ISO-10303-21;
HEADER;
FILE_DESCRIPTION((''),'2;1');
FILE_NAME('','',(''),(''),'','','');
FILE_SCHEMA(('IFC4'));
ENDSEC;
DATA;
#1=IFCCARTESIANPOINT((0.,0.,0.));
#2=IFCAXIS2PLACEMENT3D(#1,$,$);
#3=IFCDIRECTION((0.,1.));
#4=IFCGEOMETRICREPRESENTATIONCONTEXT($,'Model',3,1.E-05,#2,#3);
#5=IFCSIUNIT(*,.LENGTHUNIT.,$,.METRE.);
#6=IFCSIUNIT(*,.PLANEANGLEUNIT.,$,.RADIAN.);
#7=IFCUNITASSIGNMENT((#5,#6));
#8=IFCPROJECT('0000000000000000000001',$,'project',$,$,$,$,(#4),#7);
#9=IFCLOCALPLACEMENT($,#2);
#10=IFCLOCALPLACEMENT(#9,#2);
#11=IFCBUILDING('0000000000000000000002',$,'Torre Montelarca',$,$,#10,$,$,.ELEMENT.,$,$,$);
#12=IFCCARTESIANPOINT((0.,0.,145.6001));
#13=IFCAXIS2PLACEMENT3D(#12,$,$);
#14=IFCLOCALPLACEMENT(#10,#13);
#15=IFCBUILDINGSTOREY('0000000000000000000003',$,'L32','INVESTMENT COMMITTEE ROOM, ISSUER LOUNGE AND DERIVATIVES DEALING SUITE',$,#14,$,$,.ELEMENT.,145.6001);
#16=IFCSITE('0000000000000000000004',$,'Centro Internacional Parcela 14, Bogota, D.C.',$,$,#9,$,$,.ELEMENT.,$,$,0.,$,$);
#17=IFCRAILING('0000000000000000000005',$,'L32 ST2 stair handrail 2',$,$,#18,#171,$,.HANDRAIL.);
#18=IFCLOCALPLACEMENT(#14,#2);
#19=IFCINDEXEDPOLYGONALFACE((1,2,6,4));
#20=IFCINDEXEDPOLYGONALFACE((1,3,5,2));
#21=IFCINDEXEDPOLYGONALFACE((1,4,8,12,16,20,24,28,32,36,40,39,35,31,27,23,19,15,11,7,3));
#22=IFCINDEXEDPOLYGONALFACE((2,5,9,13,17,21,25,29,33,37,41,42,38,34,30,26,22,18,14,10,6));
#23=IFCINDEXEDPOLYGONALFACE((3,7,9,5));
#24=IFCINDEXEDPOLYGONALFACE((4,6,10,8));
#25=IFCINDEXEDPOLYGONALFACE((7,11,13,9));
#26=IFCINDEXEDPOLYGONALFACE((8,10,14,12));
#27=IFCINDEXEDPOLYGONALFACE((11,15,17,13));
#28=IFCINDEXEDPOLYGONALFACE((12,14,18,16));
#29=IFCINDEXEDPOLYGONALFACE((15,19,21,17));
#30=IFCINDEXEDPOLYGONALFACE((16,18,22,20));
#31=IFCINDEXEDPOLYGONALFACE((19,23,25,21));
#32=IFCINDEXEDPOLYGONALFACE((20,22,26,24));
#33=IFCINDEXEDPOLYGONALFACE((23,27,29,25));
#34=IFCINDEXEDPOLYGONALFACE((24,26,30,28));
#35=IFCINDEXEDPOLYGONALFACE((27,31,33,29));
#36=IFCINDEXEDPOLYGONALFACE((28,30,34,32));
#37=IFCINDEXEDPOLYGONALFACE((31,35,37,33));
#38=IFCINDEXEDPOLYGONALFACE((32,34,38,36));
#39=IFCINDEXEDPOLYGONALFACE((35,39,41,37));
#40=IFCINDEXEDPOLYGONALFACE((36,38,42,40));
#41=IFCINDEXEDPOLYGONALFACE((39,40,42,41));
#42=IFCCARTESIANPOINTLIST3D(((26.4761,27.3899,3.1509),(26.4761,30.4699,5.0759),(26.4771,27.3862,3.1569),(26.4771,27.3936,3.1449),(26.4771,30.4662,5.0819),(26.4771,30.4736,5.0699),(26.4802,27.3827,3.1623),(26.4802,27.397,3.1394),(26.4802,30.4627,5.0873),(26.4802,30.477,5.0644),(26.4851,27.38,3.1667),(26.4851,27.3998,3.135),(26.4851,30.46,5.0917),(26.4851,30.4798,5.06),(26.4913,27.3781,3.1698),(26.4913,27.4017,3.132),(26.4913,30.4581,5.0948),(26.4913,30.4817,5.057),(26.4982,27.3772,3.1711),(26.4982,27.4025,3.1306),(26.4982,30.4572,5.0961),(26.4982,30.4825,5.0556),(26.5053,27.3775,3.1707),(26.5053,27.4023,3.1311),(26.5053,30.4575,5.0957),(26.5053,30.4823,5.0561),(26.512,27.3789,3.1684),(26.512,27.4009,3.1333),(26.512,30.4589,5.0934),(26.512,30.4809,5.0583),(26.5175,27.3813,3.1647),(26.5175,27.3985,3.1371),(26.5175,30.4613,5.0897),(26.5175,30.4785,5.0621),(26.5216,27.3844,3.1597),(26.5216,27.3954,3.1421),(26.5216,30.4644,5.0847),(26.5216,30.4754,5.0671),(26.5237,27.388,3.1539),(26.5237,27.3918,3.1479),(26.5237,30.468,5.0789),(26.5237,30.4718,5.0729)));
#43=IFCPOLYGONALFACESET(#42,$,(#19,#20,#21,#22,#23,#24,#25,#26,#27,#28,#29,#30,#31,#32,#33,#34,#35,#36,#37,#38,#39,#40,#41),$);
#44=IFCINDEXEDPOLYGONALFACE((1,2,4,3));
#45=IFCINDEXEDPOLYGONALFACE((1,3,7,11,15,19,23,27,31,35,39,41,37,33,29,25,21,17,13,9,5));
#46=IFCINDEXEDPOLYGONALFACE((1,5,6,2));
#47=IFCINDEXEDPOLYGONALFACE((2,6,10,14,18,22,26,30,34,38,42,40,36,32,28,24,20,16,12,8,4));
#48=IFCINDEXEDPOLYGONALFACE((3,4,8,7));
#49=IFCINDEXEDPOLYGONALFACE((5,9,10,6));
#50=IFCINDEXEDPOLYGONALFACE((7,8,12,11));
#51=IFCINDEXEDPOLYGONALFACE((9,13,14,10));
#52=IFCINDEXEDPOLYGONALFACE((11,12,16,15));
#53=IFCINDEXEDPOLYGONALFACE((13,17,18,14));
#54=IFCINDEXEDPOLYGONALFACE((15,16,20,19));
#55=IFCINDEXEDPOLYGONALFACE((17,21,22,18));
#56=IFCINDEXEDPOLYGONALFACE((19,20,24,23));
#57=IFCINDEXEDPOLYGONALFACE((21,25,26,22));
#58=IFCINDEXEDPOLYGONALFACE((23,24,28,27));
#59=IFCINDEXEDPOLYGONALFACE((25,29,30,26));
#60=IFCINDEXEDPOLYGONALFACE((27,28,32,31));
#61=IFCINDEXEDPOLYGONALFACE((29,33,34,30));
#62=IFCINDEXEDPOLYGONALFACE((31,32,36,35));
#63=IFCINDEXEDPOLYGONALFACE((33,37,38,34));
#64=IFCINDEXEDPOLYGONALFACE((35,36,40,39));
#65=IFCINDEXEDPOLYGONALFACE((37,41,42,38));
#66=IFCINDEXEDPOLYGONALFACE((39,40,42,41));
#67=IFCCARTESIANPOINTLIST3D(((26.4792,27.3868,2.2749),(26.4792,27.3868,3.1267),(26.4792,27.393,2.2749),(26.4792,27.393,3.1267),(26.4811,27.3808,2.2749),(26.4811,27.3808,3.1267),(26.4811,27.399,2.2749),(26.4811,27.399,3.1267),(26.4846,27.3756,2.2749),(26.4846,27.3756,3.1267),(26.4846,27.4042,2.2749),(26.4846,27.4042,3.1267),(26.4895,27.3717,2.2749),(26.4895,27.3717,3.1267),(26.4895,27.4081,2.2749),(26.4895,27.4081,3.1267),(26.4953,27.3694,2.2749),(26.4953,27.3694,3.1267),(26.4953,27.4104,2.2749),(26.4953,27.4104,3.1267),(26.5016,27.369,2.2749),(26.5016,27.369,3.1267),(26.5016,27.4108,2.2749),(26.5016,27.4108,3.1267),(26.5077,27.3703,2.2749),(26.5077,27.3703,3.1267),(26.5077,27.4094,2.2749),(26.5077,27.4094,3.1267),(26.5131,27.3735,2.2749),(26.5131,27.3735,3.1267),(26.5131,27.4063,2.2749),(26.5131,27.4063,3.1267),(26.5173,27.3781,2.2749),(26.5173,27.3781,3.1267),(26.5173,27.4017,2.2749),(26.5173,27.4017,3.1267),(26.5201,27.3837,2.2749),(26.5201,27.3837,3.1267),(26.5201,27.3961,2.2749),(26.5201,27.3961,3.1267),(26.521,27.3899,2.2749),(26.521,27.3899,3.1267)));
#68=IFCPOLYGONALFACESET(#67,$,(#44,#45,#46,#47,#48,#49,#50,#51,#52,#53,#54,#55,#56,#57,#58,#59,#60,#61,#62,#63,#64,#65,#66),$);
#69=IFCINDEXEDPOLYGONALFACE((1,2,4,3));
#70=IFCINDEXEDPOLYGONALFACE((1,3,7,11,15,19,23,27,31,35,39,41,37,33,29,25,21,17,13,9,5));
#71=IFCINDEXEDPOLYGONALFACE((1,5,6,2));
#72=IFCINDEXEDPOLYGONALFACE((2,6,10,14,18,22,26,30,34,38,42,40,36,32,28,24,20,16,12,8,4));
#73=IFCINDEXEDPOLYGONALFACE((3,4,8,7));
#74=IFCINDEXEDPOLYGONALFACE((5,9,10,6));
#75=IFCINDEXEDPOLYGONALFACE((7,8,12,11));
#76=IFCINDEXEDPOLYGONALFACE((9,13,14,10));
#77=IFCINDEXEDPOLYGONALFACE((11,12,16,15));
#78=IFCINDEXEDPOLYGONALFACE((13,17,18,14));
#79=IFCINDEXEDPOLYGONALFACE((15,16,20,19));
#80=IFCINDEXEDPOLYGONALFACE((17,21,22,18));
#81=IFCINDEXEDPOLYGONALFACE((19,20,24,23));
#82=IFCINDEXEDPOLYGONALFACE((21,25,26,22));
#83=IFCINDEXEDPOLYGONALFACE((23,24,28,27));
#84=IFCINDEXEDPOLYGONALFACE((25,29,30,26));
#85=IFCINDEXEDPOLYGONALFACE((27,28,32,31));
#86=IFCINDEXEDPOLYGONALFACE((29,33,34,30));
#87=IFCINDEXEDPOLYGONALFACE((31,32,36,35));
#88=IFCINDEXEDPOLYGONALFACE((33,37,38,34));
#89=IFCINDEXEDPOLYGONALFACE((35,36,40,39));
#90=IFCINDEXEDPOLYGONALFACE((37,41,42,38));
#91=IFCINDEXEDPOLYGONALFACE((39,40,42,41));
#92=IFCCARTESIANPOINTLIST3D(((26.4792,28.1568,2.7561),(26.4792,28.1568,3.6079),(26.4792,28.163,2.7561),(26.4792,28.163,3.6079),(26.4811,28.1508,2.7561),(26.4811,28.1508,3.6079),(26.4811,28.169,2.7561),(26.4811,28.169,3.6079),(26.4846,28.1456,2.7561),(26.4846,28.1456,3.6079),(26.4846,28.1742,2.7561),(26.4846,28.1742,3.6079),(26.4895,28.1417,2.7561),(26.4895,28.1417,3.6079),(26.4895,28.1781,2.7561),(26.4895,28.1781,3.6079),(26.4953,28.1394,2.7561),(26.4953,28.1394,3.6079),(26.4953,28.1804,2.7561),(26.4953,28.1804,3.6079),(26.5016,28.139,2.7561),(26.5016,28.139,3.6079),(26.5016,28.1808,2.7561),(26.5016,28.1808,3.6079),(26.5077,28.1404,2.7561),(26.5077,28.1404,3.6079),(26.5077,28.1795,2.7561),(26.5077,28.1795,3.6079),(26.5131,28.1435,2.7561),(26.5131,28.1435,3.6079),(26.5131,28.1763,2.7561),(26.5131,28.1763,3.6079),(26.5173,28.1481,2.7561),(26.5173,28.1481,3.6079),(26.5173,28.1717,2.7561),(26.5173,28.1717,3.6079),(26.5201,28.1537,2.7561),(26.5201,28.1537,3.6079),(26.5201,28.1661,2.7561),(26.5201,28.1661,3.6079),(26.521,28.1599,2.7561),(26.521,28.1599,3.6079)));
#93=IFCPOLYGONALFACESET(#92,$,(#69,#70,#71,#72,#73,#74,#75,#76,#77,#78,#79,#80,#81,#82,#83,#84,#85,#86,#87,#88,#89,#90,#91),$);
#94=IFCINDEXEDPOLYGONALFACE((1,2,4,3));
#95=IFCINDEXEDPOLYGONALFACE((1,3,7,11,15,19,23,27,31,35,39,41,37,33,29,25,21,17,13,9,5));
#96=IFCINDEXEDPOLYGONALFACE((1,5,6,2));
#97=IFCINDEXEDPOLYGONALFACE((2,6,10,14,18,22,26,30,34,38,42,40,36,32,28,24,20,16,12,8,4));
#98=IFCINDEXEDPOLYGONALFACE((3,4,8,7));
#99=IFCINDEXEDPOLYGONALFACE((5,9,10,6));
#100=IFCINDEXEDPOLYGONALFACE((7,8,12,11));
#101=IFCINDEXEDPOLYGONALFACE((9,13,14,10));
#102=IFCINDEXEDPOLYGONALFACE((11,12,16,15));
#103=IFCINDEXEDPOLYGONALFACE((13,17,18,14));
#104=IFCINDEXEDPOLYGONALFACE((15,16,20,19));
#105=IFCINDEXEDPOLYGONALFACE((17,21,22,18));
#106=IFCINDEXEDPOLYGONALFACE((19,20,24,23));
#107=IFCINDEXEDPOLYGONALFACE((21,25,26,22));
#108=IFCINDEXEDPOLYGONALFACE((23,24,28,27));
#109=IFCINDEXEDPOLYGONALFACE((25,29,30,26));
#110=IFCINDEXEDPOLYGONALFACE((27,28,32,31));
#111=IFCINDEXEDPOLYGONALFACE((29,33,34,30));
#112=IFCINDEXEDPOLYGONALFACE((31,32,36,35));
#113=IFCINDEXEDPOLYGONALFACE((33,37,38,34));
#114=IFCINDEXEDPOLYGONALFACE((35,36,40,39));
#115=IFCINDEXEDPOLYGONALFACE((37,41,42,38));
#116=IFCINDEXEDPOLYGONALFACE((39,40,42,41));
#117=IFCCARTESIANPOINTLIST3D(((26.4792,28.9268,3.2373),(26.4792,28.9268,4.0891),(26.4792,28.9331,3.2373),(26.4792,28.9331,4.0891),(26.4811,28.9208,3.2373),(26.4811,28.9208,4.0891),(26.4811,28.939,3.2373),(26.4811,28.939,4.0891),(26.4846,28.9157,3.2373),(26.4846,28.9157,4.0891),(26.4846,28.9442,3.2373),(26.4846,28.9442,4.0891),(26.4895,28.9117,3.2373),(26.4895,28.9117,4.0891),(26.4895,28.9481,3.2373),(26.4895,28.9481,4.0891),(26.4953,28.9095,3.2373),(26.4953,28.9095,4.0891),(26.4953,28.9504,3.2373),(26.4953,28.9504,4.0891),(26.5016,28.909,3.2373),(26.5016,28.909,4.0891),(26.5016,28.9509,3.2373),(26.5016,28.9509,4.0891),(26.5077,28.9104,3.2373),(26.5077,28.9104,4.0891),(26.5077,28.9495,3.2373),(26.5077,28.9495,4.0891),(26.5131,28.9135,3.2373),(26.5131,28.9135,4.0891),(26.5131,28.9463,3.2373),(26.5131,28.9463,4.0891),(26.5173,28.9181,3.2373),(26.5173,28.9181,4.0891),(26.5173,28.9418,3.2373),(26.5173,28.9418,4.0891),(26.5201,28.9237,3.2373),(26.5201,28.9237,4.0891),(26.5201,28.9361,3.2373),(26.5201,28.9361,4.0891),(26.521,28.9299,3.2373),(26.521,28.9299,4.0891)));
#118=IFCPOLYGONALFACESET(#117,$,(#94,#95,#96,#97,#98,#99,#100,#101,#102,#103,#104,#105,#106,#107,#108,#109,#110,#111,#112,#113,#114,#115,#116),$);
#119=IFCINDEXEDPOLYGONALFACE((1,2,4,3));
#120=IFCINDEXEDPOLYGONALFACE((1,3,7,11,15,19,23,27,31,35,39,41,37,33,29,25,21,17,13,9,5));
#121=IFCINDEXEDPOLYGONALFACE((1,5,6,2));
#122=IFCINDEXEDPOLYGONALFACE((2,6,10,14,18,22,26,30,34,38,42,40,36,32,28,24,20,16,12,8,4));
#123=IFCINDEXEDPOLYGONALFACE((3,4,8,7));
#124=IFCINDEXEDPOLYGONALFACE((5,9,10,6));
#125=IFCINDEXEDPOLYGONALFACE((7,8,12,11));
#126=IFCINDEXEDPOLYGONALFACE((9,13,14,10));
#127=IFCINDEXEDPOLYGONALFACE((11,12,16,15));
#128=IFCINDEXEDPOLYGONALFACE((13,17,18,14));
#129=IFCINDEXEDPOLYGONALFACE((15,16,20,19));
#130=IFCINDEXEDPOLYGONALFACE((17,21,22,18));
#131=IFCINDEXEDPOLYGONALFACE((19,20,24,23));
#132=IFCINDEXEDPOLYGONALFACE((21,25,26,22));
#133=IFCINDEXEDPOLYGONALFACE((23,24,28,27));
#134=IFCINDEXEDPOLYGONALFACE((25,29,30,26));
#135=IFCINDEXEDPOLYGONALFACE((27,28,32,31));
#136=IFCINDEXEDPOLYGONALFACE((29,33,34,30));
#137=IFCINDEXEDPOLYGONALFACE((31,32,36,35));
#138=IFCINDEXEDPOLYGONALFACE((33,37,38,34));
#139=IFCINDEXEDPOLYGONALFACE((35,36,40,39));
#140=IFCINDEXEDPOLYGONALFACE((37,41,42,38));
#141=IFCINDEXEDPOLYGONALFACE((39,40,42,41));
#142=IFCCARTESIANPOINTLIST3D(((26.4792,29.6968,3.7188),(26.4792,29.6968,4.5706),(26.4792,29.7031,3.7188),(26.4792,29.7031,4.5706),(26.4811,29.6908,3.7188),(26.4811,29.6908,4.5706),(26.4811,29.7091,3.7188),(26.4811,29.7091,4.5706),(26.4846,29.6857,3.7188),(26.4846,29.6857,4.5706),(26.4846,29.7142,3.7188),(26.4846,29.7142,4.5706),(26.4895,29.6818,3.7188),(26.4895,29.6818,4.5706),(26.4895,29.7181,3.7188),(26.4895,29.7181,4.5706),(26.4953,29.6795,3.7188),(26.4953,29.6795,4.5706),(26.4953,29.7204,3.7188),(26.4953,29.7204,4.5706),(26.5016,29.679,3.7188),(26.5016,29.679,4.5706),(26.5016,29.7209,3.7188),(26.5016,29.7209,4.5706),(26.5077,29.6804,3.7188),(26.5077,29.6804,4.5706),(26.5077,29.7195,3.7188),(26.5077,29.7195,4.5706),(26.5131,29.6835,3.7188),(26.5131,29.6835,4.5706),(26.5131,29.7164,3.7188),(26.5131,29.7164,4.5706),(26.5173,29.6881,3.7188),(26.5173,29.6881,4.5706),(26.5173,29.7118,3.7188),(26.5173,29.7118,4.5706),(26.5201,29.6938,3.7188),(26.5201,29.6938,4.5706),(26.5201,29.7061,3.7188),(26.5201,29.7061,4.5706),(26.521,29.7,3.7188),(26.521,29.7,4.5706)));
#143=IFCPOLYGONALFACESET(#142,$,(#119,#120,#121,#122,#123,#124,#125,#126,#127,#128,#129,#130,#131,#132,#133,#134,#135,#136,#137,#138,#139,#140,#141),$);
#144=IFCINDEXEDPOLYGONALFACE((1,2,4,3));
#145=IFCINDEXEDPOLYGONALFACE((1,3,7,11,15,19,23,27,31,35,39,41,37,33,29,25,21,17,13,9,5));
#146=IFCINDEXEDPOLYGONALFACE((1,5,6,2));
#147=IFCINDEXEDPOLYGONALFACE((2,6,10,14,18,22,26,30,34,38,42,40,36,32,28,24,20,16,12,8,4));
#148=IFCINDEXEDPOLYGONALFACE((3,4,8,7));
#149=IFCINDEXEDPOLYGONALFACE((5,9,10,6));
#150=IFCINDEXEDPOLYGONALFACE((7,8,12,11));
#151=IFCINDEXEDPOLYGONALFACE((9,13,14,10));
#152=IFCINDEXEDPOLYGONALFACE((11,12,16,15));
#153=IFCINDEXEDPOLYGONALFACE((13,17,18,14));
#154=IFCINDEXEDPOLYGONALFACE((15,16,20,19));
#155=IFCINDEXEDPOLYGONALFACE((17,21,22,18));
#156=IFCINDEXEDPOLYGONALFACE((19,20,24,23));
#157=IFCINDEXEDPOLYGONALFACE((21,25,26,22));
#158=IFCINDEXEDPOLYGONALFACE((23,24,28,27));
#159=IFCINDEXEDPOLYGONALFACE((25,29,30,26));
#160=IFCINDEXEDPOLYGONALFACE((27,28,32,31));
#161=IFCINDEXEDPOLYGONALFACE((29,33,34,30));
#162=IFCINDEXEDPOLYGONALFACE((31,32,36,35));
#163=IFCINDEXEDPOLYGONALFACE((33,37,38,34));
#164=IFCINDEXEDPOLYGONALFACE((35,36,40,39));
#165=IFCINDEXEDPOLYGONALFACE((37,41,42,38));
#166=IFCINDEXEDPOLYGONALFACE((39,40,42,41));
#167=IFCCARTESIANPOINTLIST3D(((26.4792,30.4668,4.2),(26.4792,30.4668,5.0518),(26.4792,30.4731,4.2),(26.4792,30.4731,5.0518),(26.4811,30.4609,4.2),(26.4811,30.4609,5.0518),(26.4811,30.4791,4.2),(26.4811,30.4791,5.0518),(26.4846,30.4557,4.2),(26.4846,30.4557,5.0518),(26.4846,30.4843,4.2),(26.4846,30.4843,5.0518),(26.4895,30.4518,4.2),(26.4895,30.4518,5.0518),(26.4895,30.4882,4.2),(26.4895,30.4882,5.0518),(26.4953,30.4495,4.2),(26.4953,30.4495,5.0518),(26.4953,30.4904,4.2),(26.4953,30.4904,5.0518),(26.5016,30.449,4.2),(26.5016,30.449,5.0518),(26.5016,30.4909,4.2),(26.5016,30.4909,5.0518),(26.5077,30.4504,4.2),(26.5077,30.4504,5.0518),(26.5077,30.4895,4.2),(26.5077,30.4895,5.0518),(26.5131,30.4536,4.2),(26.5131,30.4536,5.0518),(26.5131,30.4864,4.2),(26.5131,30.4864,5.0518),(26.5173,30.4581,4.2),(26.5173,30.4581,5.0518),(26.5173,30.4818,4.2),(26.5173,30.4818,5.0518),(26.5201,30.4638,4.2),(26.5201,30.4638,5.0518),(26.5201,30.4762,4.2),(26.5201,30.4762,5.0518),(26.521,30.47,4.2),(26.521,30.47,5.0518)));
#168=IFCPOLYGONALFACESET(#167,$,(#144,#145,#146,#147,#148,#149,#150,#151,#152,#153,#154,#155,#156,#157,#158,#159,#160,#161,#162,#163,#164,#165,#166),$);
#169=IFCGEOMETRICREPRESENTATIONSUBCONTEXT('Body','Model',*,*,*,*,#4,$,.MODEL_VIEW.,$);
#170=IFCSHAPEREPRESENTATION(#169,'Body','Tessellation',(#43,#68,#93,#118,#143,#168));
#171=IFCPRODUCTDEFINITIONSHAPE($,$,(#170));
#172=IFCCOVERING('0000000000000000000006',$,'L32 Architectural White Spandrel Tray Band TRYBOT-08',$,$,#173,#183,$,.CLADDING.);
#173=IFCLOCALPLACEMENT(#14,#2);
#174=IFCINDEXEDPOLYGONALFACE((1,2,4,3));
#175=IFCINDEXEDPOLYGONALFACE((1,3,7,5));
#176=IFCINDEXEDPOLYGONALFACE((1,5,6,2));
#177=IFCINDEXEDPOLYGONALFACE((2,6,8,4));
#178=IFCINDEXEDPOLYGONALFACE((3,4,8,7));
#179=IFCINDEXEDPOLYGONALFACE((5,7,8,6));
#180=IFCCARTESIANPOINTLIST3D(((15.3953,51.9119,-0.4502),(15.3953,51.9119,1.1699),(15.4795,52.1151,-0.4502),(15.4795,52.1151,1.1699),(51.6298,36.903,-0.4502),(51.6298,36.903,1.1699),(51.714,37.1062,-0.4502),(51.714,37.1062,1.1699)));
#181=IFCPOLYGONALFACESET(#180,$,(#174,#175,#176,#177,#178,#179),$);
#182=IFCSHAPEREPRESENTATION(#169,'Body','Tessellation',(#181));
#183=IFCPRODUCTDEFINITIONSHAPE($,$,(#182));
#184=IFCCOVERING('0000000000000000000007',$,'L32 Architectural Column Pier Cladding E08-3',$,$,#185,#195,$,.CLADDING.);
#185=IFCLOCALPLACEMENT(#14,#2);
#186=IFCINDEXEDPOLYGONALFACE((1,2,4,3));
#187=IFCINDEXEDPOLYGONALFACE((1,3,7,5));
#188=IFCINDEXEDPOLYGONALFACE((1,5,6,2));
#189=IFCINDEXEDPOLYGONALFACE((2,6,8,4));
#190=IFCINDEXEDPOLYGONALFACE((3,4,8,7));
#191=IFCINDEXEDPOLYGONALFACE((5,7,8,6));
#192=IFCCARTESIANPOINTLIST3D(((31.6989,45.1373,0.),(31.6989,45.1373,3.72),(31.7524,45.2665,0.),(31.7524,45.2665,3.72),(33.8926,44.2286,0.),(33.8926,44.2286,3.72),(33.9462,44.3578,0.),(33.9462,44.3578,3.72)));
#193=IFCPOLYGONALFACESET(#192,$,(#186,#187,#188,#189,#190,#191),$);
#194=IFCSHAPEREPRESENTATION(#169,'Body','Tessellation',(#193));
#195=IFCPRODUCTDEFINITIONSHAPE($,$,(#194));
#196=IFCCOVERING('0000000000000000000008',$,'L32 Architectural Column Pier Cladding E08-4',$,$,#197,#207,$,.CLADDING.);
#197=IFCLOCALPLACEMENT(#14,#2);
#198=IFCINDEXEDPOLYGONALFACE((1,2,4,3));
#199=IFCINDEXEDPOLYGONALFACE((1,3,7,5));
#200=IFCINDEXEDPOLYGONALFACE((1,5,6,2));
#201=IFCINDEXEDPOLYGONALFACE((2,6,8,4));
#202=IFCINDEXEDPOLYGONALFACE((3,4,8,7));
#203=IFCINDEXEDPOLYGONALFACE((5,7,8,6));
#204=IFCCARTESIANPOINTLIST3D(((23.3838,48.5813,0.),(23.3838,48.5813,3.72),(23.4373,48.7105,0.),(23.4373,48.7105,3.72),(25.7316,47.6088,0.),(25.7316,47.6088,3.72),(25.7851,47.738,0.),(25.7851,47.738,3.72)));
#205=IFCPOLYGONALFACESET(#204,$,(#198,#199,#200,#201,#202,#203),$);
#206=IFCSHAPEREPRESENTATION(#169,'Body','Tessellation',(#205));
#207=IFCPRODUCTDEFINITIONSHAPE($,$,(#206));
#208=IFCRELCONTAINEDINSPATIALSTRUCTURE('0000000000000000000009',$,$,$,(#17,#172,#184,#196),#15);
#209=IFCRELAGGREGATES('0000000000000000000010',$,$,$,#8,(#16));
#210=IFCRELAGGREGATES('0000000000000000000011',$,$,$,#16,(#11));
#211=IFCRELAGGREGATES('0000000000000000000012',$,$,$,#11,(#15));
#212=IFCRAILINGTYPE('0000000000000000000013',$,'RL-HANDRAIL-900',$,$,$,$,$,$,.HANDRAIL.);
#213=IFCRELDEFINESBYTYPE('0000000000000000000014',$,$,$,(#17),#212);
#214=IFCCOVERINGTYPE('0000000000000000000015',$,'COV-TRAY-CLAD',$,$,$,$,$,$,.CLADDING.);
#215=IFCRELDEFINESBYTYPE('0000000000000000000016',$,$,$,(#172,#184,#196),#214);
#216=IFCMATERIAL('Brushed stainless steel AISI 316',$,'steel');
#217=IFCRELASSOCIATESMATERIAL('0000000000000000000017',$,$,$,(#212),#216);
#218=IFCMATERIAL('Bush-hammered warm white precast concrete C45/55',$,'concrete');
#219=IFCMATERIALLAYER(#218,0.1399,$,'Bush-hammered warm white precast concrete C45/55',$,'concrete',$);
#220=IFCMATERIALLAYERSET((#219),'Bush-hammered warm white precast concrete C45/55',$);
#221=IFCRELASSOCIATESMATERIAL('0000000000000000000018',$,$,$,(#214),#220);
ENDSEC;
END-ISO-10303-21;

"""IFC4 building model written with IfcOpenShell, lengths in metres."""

from ifc_helpers import new_model, si_unit, direction, frame, origin, origin_2d, place, context, subcontext, project, spatial, rectangle, circle, extrude, source, transform, mapped, material, layer, layer_set, type_object, element, save


model = new_model("IFC4")

# Units and contexts
model_context = context("Model", 3, precision=1e-05, world=origin(), true_north=direction((0.0, 1.0)))
body_context = subcontext(model_context, "Body", "Model", "MODEL_VIEW")
ifc_project = project(units=[si_unit("LENGTHUNIT", "METRE"), si_unit("PLANEANGLEUNIT", "RADIAN")], contexts=[model_context])

# Site, building, storey
site_placement = place(None, origin())
site = spatial("IfcSite", under=ifc_project, at=site_placement, Name="Centro Internacional Parcela 14, Bogota, D.C.", CompositionType="ELEMENT", RefElevation=0.0)
building_placement = place(site_placement, origin())
building = spatial("IfcBuilding", under=site, at=building_placement, Name="Torre Montelarca", CompositionType="ELEMENT")
storey_placement = place(building_placement, frame((0.0, 0.0, 145.6001)))
storey = spatial("IfcBuildingStorey", under=building, at=storey_placement, Name="L32", Description="INVESTMENT COMMITTEE ROOM, ISSUER LOUNGE AND DERIVATIVES DEALING SUITE", CompositionType="ELEMENT", Elevation=145.6001)

# Railing
ifc_material_1 = material(Name="Brushed stainless steel AISI 316", Category="steel")
railing_type_1 = type_object("IfcRailingType", Name="RL-HANDRAIL-900", PredefinedType="HANDRAIL", material=ifc_material_1)
railing_1_placement = place(storey_placement, frame((26.5, 27.3899, 2.2749)))
element("IfcRailing", 1, at=railing_1_placement, inside=storey, type_object=railing_type_1, Name="L32 ST2 stair handrail 2", PredefinedType="HANDRAIL", context=body_context, shape_type="SweptSolid", body=[
    extrude(circle(Radius=0.0239, at=origin_2d()), frame((0.0, 0.0, 0.876), z_axis=(0.0, 0.847998, 0.529999), x_axis=(-1.0, 0.0, 0.0)), (0.0, 0.0, 1.0), 3.6321),
    extrude(circle(Radius=0.021, at=origin_2d()), origin(), (0.0, 0.0, 1.0), 0.8518),
    extrude(circle(Radius=0.021, at=origin_2d()), frame((0.0, 0.77, 0.4812)), (0.0, 0.0, 1.0), 0.8518),
    extrude(circle(Radius=0.021, at=origin_2d()), frame((0.0, 1.54, 0.9624)), (0.0, 0.0, 1.0), 0.8518),
    extrude(circle(Radius=0.021, at=origin_2d()), frame((0.0, 2.3101, 1.4438)), (0.0, 0.0, 1.0), 0.8518),
    extrude(circle(Radius=0.021, at=origin_2d()), frame((0.0, 3.0801, 1.925)), (0.0, 0.0, 1.0), 0.8518),
])

# Coverings
ifc_material_2 = material(Name="Bush-hammered warm white precast concrete C45/55", Category="concrete")
ifc_layer_1 = layer(ifc_material_2, 0.1399, Name="Bush-hammered warm white precast concrete C45/55", Category="concrete")
ifc_layer_set_1 = layer_set([ifc_layer_1], Name="Bush-hammered warm white precast concrete C45/55")
covering_type = type_object("IfcCoveringType", Name="COV-TRAY-CLAD", PredefinedType="CLADDING", material=ifc_layer_set_1)
shared_shape_1 = source(origin(), body_context, "Body", "SweptSolid", [
    extrude(rectangle(XDim=39.22, YDim=0.22, at=origin_2d()), origin(), (0.0, 0.0, 1.0), 1.6201),
])
covering_1_placement = place(storey_placement, frame((33.5547, 44.509, -0.4502), z_axis=(0.0, 0.0, 1.0), x_axis=(-0.923879, 0.382685, 0.0)))
element("IfcCovering", 2, at=covering_1_placement, inside=storey, type_object=covering_type, Name="L32 Architectural White Spandrel Tray Band TRYBOT-08", PredefinedType="CLADDING", context=body_context, shape_type="MappedRepresentation", body=[
    mapped(shared_shape_1, transform((0.0, 0.0, 0.0), scale=1.0)),
])
shared_shape_2 = source(origin(), body_context, "Body", "SweptSolid", [
    extrude(rectangle(XDim=2.3745, YDim=0.1399, at=origin_2d()), origin(), (0.0, 0.0, 1.0), 3.72),
])
covering_2_placement = place(storey_placement, frame((32.8225, 44.7476, 0.0), z_axis=(0.0, 0.0, 1.0), x_axis=(-0.923879, 0.382685, 0.0)))
element("IfcCovering", 3, at=covering_2_placement, inside=storey, type_object=covering_type, Name="L32 Architectural Column Pier Cladding E08-3", PredefinedType="CLADDING", context=body_context, shape_type="MappedRepresentation", body=[
    mapped(shared_shape_2, transform((0.0, 0.0, 0.0), scale=1.0)),
])
shared_shape_3 = source(origin(), body_context, "Body", "SweptSolid", [
    extrude(rectangle(XDim=2.5413, YDim=0.1399, at=origin_2d()), origin(), (0.0, 0.0, 1.0), 3.72),
])
covering_3_placement = place(storey_placement, frame((24.5845, 48.1597, 0.0), z_axis=(0.0, 0.0, 1.0), x_axis=(-0.923879, 0.382685, 0.0)))
element("IfcCovering", 4, at=covering_3_placement, inside=storey, type_object=covering_type, Name="L32 Architectural Column Pier Cladding E08-4", PredefinedType="CLADDING", context=body_context, shape_type="MappedRepresentation", body=[
    mapped(shared_shape_3, transform((0.0, 0.0, 0.0), scale=1.0)),
])

save(model, "model.ifc")
